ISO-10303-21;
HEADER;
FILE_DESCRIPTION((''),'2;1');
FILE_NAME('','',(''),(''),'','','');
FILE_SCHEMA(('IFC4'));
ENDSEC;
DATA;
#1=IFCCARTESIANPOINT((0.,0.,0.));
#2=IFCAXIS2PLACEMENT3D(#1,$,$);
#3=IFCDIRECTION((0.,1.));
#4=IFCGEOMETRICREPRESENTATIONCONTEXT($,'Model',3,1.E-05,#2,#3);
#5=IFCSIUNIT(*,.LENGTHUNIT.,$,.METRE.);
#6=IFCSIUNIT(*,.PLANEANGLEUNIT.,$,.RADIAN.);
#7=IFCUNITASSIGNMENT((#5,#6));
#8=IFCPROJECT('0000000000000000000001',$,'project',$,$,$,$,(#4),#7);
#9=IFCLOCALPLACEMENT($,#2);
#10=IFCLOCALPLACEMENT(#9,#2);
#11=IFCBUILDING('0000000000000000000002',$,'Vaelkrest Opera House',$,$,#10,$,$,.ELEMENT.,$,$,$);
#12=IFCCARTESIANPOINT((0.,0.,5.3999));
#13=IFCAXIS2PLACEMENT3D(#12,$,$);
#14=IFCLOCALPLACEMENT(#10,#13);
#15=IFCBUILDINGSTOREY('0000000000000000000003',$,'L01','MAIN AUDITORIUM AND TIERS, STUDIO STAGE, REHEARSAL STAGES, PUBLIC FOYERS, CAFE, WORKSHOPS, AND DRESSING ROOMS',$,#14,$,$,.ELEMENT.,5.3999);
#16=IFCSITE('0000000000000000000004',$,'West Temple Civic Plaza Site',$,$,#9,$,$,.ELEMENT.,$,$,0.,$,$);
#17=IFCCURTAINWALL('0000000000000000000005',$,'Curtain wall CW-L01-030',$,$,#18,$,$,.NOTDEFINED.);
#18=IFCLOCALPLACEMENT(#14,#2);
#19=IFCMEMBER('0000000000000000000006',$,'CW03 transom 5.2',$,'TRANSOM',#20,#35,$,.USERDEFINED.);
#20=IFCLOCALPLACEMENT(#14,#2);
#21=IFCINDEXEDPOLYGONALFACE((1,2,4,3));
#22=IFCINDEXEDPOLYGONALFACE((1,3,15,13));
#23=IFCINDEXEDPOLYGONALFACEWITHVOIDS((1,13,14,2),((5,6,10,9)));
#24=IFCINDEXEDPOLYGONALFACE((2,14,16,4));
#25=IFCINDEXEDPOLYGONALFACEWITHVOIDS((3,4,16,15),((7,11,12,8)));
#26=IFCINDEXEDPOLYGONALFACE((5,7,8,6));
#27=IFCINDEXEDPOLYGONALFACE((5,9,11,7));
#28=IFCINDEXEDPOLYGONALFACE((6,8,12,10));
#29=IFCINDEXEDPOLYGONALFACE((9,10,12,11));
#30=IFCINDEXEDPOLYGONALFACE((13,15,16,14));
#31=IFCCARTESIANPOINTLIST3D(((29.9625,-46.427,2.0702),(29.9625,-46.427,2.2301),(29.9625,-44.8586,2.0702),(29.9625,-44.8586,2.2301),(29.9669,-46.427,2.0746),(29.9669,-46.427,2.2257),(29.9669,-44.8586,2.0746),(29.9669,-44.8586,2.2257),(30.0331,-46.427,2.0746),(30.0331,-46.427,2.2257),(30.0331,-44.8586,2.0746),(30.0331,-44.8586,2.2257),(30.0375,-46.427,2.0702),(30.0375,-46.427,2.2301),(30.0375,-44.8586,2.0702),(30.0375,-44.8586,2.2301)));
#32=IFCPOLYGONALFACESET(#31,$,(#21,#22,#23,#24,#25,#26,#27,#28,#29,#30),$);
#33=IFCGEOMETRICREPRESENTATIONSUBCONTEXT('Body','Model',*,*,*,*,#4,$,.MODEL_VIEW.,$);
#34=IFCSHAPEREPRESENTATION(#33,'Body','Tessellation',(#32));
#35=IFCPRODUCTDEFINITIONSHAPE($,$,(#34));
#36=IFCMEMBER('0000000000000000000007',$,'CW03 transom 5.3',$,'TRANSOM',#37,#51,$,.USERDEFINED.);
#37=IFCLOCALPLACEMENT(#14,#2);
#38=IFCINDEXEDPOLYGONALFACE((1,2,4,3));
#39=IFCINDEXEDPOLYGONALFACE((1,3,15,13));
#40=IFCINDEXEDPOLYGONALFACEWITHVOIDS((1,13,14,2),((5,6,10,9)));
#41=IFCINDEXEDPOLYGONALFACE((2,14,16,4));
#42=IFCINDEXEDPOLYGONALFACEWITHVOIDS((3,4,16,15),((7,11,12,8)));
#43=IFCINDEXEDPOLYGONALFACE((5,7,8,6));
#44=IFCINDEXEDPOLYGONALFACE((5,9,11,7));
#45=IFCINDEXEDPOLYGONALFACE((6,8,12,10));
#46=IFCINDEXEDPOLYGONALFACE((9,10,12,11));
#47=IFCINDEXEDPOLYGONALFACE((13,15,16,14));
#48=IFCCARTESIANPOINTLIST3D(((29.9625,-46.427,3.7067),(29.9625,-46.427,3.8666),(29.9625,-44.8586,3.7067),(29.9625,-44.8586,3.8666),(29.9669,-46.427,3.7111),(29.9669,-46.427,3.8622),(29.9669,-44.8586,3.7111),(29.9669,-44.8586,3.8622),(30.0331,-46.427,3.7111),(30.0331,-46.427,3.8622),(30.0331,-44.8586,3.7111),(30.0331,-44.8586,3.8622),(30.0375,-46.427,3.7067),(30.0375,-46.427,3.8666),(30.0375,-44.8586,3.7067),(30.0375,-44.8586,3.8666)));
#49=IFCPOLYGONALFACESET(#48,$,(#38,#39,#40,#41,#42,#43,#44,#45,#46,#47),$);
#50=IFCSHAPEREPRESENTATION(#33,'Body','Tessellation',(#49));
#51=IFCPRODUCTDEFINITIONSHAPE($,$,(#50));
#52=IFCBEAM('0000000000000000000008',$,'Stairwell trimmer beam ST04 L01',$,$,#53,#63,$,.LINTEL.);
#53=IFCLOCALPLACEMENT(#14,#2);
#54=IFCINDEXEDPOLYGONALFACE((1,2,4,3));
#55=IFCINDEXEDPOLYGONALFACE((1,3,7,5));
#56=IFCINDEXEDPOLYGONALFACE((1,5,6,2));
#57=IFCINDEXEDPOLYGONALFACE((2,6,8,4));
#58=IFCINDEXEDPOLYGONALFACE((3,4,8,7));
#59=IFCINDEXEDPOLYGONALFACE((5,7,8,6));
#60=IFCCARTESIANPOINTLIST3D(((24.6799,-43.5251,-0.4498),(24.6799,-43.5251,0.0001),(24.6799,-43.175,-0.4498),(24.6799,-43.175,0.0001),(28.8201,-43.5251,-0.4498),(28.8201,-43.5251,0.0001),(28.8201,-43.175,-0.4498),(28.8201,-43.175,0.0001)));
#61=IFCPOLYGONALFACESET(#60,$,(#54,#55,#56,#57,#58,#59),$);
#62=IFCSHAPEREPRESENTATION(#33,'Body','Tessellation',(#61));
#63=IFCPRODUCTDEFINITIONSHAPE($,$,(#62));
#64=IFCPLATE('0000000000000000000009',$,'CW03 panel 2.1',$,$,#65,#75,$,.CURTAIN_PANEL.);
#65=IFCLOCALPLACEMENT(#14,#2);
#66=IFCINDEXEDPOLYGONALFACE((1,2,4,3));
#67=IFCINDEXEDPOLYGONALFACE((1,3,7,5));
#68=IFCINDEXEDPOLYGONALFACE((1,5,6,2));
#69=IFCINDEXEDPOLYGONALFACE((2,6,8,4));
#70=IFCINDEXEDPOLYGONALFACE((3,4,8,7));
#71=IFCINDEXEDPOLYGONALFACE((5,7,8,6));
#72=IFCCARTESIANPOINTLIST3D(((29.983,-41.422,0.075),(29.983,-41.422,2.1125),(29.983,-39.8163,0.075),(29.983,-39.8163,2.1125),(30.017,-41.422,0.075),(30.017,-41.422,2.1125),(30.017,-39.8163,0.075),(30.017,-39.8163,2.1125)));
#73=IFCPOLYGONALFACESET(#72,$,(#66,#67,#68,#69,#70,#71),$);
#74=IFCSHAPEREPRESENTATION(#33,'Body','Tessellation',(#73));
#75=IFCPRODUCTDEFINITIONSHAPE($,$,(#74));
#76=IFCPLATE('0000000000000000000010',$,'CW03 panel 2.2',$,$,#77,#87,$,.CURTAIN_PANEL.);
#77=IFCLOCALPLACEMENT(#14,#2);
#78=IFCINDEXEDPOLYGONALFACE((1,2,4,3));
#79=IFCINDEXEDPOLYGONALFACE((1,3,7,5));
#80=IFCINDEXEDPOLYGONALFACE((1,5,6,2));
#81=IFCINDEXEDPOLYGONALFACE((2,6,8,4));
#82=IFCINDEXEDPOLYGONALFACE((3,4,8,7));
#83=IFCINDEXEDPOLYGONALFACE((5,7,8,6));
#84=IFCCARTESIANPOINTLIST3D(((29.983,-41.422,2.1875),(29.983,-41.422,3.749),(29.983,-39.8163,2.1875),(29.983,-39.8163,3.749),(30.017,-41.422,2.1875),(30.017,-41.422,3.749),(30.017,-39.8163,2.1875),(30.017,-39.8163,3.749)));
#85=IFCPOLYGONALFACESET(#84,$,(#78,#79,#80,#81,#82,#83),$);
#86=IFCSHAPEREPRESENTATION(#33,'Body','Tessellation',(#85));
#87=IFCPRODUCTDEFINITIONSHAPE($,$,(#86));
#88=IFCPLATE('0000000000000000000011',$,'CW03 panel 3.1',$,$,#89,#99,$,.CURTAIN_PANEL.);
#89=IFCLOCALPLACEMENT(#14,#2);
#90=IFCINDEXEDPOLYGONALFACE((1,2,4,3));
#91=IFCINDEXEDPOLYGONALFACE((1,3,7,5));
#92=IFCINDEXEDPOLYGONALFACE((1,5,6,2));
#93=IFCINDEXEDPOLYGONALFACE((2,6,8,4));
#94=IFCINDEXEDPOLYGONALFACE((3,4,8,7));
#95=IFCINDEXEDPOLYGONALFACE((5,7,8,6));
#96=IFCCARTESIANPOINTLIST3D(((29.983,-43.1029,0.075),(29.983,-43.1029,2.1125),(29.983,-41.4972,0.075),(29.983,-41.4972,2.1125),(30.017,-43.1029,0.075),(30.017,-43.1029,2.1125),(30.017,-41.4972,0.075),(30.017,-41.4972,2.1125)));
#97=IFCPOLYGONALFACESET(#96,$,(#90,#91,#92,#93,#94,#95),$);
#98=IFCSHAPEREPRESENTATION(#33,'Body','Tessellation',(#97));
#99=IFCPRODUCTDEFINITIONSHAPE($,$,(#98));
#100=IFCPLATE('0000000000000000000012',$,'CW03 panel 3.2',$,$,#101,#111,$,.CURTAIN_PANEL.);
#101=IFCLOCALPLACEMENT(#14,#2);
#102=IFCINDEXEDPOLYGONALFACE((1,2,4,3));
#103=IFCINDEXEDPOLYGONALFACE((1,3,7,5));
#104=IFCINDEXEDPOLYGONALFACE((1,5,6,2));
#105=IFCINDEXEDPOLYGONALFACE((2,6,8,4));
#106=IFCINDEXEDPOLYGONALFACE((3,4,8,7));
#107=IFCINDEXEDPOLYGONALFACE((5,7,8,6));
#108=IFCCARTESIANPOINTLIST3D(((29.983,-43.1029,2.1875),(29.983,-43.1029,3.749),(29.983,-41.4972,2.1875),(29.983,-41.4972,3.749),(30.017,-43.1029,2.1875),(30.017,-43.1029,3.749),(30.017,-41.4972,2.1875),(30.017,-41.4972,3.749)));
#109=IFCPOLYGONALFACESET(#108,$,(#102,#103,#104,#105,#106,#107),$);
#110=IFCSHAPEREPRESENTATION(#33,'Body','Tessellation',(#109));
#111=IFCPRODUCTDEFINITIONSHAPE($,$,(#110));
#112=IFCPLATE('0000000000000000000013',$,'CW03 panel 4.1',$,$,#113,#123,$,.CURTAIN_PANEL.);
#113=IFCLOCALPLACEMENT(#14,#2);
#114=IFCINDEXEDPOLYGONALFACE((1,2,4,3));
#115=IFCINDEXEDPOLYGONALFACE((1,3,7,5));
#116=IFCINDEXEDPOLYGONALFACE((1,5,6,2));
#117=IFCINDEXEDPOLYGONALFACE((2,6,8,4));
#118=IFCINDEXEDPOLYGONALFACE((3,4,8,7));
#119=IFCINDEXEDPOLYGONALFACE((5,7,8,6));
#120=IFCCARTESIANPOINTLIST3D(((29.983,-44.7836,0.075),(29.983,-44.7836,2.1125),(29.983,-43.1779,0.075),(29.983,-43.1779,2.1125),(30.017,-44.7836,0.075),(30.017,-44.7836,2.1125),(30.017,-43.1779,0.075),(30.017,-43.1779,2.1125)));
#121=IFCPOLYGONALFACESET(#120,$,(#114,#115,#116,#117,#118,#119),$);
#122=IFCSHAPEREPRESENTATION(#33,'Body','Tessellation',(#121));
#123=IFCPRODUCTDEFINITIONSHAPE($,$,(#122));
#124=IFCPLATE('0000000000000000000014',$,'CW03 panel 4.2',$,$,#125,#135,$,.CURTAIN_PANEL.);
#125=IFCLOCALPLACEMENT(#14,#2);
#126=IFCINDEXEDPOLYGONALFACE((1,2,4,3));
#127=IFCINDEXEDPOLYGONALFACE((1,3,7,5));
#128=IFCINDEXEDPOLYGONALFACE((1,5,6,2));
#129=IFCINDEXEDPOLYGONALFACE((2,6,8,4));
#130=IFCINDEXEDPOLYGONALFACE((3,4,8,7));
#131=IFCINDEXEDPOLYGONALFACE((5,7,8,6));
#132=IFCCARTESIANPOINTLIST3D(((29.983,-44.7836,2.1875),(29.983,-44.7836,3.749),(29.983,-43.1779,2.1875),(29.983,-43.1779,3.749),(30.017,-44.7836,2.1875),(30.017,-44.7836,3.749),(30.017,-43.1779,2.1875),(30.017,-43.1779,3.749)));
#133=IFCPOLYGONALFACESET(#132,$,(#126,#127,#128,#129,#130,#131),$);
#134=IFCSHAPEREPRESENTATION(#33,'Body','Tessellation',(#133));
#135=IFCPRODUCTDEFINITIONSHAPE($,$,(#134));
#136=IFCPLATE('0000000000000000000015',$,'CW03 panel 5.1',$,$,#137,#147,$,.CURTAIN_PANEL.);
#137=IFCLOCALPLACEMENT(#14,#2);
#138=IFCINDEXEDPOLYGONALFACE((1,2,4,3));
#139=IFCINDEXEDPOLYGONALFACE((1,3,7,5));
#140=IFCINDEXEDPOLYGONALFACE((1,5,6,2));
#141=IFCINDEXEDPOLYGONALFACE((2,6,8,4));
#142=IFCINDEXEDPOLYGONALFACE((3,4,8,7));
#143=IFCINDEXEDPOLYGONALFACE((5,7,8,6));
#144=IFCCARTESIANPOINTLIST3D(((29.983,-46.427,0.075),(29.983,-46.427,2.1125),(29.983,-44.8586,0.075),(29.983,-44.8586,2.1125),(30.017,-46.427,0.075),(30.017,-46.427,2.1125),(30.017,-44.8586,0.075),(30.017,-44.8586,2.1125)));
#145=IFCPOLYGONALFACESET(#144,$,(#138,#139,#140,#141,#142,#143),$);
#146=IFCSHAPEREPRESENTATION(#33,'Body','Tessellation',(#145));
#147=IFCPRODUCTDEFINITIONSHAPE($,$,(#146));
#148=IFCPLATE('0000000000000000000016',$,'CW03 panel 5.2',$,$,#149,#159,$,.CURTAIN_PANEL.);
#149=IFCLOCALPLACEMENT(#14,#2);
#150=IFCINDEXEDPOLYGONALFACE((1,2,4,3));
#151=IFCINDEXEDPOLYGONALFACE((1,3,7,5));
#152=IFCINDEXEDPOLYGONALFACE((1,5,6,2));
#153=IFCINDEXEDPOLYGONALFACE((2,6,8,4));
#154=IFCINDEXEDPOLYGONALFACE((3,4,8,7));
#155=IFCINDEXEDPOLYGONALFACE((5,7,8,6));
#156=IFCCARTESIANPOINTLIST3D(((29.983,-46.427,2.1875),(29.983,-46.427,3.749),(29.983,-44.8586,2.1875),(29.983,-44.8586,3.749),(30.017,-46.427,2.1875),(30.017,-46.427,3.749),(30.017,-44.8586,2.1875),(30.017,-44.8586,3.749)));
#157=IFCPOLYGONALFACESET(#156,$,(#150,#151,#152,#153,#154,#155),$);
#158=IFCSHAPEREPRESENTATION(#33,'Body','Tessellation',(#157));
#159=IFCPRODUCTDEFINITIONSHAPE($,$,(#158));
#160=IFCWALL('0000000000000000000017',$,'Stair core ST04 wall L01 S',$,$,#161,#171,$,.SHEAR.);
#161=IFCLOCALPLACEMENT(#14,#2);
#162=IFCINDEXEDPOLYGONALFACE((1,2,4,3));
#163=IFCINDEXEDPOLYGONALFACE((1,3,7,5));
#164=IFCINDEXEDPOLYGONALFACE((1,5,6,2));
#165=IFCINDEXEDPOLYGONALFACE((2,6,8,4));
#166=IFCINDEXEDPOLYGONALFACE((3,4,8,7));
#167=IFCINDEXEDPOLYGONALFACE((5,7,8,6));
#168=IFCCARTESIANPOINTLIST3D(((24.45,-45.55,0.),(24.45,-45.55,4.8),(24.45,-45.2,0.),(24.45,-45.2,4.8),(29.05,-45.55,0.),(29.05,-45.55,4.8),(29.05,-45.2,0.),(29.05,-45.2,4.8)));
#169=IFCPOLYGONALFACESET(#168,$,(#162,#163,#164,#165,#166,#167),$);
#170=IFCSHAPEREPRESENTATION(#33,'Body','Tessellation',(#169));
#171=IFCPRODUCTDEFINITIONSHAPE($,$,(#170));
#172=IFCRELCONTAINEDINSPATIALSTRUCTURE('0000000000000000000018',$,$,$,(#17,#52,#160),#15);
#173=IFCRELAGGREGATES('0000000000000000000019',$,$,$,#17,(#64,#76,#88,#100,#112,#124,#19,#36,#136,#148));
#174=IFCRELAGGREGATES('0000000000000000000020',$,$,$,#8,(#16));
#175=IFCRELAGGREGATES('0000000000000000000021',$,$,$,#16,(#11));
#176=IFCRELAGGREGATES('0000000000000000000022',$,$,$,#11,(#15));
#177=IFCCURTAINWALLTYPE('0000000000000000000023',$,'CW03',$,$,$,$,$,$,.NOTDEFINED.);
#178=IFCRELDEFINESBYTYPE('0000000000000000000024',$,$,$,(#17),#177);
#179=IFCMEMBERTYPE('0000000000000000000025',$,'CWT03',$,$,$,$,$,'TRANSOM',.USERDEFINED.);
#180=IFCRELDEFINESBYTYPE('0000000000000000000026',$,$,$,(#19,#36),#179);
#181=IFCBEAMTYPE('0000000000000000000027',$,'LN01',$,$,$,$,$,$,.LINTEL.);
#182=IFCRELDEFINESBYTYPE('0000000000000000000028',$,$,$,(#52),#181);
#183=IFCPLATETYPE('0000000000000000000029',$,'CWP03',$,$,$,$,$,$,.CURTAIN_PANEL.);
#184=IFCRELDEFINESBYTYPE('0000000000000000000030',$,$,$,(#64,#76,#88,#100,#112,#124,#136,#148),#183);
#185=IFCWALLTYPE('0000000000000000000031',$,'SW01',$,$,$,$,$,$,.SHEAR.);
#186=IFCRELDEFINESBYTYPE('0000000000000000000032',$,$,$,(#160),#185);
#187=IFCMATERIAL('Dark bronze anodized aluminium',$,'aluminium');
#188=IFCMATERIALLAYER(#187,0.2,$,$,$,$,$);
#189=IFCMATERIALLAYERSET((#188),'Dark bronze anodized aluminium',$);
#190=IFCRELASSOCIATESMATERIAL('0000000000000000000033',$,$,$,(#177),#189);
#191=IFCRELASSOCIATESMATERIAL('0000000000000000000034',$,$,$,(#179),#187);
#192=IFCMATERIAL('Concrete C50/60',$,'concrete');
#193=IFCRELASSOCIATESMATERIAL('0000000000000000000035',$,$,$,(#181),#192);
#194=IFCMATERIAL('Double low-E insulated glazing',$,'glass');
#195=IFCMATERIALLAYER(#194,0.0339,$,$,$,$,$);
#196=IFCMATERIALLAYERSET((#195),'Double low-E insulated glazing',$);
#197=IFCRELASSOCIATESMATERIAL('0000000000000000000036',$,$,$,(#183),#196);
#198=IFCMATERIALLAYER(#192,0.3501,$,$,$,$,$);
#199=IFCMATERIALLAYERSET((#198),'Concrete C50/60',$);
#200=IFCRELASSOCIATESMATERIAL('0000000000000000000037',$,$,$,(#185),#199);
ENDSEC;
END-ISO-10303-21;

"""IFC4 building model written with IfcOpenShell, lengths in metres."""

from ifc_helpers import new_model, si_unit, direction, frame, frame_2d, origin, origin_2d, place, context, subcontext, project, spatial, rectangle, hollow_rectangle, extrude, material, layer, layer_set, material_profile, profile_set, type_object, element, aggregate, save


model = new_model("IFC4")

# Units and contexts
model_context = context("Model", 3, precision=1e-05, world=origin(), true_north=direction((0.0, 1.0)))
body_context = subcontext(model_context, "Body", "Model", "MODEL_VIEW")
ifc_project = project(units=[si_unit("LENGTHUNIT", "METRE"), si_unit("PLANEANGLEUNIT", "RADIAN")], contexts=[model_context])

# Site, building, storey
site_placement = place(None, origin())
site = spatial("IfcSite", under=ifc_project, at=site_placement, Name="West Temple Civic Plaza Site", CompositionType="ELEMENT", RefElevation=0.0)
building_placement = place(site_placement, origin())
building = spatial("IfcBuilding", under=site, at=building_placement, Name="Vaelkrest Opera House", CompositionType="ELEMENT")
storey_placement = place(building_placement, frame((0.0, 0.0, 5.3999)))
storey = spatial("IfcBuildingStorey", under=building, at=storey_placement, Name="L01", Description="MAIN AUDITORIUM AND TIERS, STUDIO STAGE, REHEARSAL STAGES, PUBLIC FOYERS, CAFE, WORKSHOPS, AND DRESSING ROOMS", CompositionType="ELEMENT", Elevation=5.3999)

# Curtain wall, members
ifc_material_1 = material(Name="Dark bronze anodized aluminium", Category="aluminium")
ifc_layer_1 = layer(ifc_material_1, 0.2)
ifc_layer_set_1 = layer_set([ifc_layer_1], Name="Dark bronze anodized aluminium")
curtain_wall_type = type_object("IfcCurtainWallType", Name="CW03", PredefinedType="NOTDEFINED", material=ifc_layer_set_1)
curtain_wall_placement = place(storey_placement, origin())
curtain_wall = element("IfcCurtainWall", 1, at=curtain_wall_placement, inside=storey, type_object=curtain_wall_type, Name="Curtain wall CW-L01-030", PredefinedType="NOTDEFINED")
ifc_material_profile_1 = material_profile(ifc_material_1, hollow_rectangle(XDim=0.075, YDim=0.1599, WallThickness=0.0044, at=origin_2d()), Name="CWT75X160")
ifc_profile_set_1 = profile_set([ifc_material_profile_1], Name="Dark bronze anodized aluminium")
member_type_1 = type_object("IfcMemberType", Name="CWT03", ElementType="TRANSOM", PredefinedType="USERDEFINED", material=ifc_profile_set_1)
member_1_placement = place(storey_placement, frame((30.0, -44.8586, 2.1501), z_axis=(0.0, -1.0, 0.0), x_axis=(1.0, 0.0, 0.0)))
member_1 = element("IfcMember", 2, at=member_1_placement, type_object=member_type_1, Name="CW03 transom 5.2", ObjectType="TRANSOM", PredefinedType="USERDEFINED", context=body_context, shape_type="SweptSolid", body=[
    extrude(hollow_rectangle(XDim=0.075, YDim=0.1599, WallThickness=0.0044, at=origin_2d()), origin(), (0.0, 0.0, 1.0), 1.5684),
])
member_2_placement = place(storey_placement, frame((30.0, -44.8586, 3.7866), z_axis=(0.0, -1.0, 0.0), x_axis=(1.0, 0.0, 0.0)))
member_2 = element("IfcMember", 3, at=member_2_placement, type_object=member_type_1, Name="CW03 transom 5.3", ObjectType="TRANSOM", PredefinedType="USERDEFINED", context=body_context, shape_type="SweptSolid", body=[
    extrude(hollow_rectangle(XDim=0.075, YDim=0.1599, WallThickness=0.0044, at=origin_2d()), origin(), (0.0, 0.0, 1.0), 1.5684),
])

# Beam
ifc_material_2 = material(Name="Concrete C50/60", Category="concrete")
ifc_material_profile_2 = material_profile(ifc_material_2, rectangle(XDim=0.3501, YDim=0.45, at=origin_2d()), Name="RCB350X450")
ifc_profile_set_2 = profile_set([ifc_material_profile_2], Name="Concrete C50/60")
beam_type = type_object("IfcBeamType", Name="LN01", PredefinedType="LINTEL", material=ifc_profile_set_2)
beam_placement = place(storey_placement, frame((24.6799, -43.3501, -0.2249), z_axis=(1.0, 0.0, 0.0), x_axis=(0.0, 1.0, 0.0)))
element("IfcBeam", 4, at=beam_placement, inside=storey, type_object=beam_type, Name="Stairwell trimmer beam ST04 L01", PredefinedType="LINTEL", context=body_context, shape_type="SweptSolid", body=[
    extrude(rectangle(XDim=0.3501, YDim=0.45, at=origin_2d()), origin(), (0.0, 0.0, 1.0), 4.1401),
])

# Plates
ifc_material_3 = material(Name="Double low-E insulated glazing", Category="glass")
ifc_layer_2 = layer(ifc_material_3, 0.0339)
ifc_layer_set_2 = layer_set([ifc_layer_2], Name="Double low-E insulated glazing")
plate_type = type_object("IfcPlateType", Name="CWP03", PredefinedType="CURTAIN_PANEL", material=ifc_layer_set_2)
plate_1_placement = place(storey_placement, frame((30.0, -40.6191, 0.075), z_axis=(0.0, 0.0, 1.0), x_axis=(0.0, -1.0, 0.0)))
plate_1 = element("IfcPlate", 5, at=plate_1_placement, type_object=plate_type, Name="CW03 panel 2.1", PredefinedType="CURTAIN_PANEL", context=body_context, shape_type="SweptSolid", body=[
    extrude(rectangle(XDim=1.6057, YDim=0.0339, at=origin_2d()), origin(), (0.0, 0.0, 1.0), 2.0376),
])
plate_2_placement = place(storey_placement, frame((30.0, -40.6191, 2.1875), z_axis=(0.0, 0.0, 1.0), x_axis=(0.0, -1.0, 0.0)))
plate_2 = element("IfcPlate", 6, at=plate_2_placement, type_object=plate_type, Name="CW03 panel 2.2", PredefinedType="CURTAIN_PANEL", context=body_context, shape_type="SweptSolid", body=[
    extrude(rectangle(XDim=1.6057, YDim=0.0339, at=origin_2d()), origin(), (0.0, 0.0, 1.0), 1.5615),
])
plate_3_placement = place(storey_placement, frame((30.0, -42.3, 0.075), z_axis=(0.0, 0.0, 1.0), x_axis=(0.0, -1.0, 0.0)))
plate_3 = element("IfcPlate", 7, at=plate_3_placement, type_object=plate_type, Name="CW03 panel 3.1", PredefinedType="CURTAIN_PANEL", context=body_context, shape_type="SweptSolid", body=[
    extrude(rectangle(XDim=1.6057, YDim=0.0339, at=origin_2d()), origin(), (0.0, 0.0, 1.0), 2.0376),
])
plate_4_placement = place(storey_placement, frame((30.0, -42.3, 2.1875), z_axis=(0.0, 0.0, 1.0), x_axis=(0.0, -1.0, 0.0)))
plate_4 = element("IfcPlate", 8, at=plate_4_placement, type_object=plate_type, Name="CW03 panel 3.2", PredefinedType="CURTAIN_PANEL", context=body_context, shape_type="SweptSolid", body=[
    extrude(rectangle(XDim=1.6057, YDim=0.0339, at=origin_2d()), origin(), (0.0, 0.0, 1.0), 1.5615),
])
plate_5_placement = place(storey_placement, frame((30.0, -43.9807, 0.075), z_axis=(0.0, 0.0, 1.0), x_axis=(0.0, -1.0, 0.0)))
plate_5 = element("IfcPlate", 9, at=plate_5_placement, type_object=plate_type, Name="CW03 panel 4.1", PredefinedType="CURTAIN_PANEL", context=body_context, shape_type="SweptSolid", body=[
    extrude(rectangle(XDim=1.6057, YDim=0.0339, at=origin_2d()), origin(), (0.0, 0.0, 1.0), 2.0376),
])
plate_6_placement = place(storey_placement, frame((30.0, -43.9807, 2.1875), z_axis=(0.0, 0.0, 1.0), x_axis=(0.0, -1.0, 0.0)))
plate_6 = element("IfcPlate", 10, at=plate_6_placement, type_object=plate_type, Name="CW03 panel 4.2", PredefinedType="CURTAIN_PANEL", context=body_context, shape_type="SweptSolid", body=[
    extrude(rectangle(XDim=1.6057, YDim=0.0339, at=origin_2d()), origin(), (0.0, 0.0, 1.0), 1.5615),
])
plate_7_placement = place(storey_placement, frame((30.0, -45.6428, 0.075), z_axis=(0.0, 0.0, 1.0), x_axis=(0.0, -1.0, 0.0)))
plate_7 = element("IfcPlate", 11, at=plate_7_placement, type_object=plate_type, Name="CW03 panel 5.1", PredefinedType="CURTAIN_PANEL", context=body_context, shape_type="SweptSolid", body=[
    extrude(rectangle(XDim=1.5684, YDim=0.0339, at=origin_2d()), origin(), (0.0, 0.0, 1.0), 2.0376),
])
plate_8_placement = place(storey_placement, frame((30.0, -45.6428, 2.1875), z_axis=(0.0, 0.0, 1.0), x_axis=(0.0, -1.0, 0.0)))
plate_8 = element("IfcPlate", 12, at=plate_8_placement, type_object=plate_type, Name="CW03 panel 5.2", PredefinedType="CURTAIN_PANEL", context=body_context, shape_type="SweptSolid", body=[
    extrude(rectangle(XDim=1.5684, YDim=0.0339, at=origin_2d()), origin(), (0.0, 0.0, 1.0), 1.5615),
])
aggregate(curtain_wall, [plate_1, plate_2, plate_3, plate_4, plate_5, plate_6, member_1, member_2, plate_7, plate_8])

# Wall
ifc_layer_3 = layer(ifc_material_2, 0.3501)
ifc_layer_set_3 = layer_set([ifc_layer_3], Name="Concrete C50/60")
wall_type = type_object("IfcWallType", Name="SW01", PredefinedType="SHEAR", material=ifc_layer_set_3)
wall_1_placement = place(storey_placement, frame((29.05, -45.375, 0.0), z_axis=(0.0, 0.0, 1.0), x_axis=(-1.0, 0.0, 0.0)))
element("IfcWall", 13, at=wall_1_placement, inside=storey, type_object=wall_type, Name="Stair core ST04 wall L01 S", PredefinedType="SHEAR", context=body_context, shape_type="SweptSolid", body=[
    extrude(rectangle(XDim=4.6001, YDim=0.3501, at=frame_2d((2.3, 0.0))), origin(), (0.0, 0.0, 1.0), 4.8),
])

save(model, "model.ifc")
